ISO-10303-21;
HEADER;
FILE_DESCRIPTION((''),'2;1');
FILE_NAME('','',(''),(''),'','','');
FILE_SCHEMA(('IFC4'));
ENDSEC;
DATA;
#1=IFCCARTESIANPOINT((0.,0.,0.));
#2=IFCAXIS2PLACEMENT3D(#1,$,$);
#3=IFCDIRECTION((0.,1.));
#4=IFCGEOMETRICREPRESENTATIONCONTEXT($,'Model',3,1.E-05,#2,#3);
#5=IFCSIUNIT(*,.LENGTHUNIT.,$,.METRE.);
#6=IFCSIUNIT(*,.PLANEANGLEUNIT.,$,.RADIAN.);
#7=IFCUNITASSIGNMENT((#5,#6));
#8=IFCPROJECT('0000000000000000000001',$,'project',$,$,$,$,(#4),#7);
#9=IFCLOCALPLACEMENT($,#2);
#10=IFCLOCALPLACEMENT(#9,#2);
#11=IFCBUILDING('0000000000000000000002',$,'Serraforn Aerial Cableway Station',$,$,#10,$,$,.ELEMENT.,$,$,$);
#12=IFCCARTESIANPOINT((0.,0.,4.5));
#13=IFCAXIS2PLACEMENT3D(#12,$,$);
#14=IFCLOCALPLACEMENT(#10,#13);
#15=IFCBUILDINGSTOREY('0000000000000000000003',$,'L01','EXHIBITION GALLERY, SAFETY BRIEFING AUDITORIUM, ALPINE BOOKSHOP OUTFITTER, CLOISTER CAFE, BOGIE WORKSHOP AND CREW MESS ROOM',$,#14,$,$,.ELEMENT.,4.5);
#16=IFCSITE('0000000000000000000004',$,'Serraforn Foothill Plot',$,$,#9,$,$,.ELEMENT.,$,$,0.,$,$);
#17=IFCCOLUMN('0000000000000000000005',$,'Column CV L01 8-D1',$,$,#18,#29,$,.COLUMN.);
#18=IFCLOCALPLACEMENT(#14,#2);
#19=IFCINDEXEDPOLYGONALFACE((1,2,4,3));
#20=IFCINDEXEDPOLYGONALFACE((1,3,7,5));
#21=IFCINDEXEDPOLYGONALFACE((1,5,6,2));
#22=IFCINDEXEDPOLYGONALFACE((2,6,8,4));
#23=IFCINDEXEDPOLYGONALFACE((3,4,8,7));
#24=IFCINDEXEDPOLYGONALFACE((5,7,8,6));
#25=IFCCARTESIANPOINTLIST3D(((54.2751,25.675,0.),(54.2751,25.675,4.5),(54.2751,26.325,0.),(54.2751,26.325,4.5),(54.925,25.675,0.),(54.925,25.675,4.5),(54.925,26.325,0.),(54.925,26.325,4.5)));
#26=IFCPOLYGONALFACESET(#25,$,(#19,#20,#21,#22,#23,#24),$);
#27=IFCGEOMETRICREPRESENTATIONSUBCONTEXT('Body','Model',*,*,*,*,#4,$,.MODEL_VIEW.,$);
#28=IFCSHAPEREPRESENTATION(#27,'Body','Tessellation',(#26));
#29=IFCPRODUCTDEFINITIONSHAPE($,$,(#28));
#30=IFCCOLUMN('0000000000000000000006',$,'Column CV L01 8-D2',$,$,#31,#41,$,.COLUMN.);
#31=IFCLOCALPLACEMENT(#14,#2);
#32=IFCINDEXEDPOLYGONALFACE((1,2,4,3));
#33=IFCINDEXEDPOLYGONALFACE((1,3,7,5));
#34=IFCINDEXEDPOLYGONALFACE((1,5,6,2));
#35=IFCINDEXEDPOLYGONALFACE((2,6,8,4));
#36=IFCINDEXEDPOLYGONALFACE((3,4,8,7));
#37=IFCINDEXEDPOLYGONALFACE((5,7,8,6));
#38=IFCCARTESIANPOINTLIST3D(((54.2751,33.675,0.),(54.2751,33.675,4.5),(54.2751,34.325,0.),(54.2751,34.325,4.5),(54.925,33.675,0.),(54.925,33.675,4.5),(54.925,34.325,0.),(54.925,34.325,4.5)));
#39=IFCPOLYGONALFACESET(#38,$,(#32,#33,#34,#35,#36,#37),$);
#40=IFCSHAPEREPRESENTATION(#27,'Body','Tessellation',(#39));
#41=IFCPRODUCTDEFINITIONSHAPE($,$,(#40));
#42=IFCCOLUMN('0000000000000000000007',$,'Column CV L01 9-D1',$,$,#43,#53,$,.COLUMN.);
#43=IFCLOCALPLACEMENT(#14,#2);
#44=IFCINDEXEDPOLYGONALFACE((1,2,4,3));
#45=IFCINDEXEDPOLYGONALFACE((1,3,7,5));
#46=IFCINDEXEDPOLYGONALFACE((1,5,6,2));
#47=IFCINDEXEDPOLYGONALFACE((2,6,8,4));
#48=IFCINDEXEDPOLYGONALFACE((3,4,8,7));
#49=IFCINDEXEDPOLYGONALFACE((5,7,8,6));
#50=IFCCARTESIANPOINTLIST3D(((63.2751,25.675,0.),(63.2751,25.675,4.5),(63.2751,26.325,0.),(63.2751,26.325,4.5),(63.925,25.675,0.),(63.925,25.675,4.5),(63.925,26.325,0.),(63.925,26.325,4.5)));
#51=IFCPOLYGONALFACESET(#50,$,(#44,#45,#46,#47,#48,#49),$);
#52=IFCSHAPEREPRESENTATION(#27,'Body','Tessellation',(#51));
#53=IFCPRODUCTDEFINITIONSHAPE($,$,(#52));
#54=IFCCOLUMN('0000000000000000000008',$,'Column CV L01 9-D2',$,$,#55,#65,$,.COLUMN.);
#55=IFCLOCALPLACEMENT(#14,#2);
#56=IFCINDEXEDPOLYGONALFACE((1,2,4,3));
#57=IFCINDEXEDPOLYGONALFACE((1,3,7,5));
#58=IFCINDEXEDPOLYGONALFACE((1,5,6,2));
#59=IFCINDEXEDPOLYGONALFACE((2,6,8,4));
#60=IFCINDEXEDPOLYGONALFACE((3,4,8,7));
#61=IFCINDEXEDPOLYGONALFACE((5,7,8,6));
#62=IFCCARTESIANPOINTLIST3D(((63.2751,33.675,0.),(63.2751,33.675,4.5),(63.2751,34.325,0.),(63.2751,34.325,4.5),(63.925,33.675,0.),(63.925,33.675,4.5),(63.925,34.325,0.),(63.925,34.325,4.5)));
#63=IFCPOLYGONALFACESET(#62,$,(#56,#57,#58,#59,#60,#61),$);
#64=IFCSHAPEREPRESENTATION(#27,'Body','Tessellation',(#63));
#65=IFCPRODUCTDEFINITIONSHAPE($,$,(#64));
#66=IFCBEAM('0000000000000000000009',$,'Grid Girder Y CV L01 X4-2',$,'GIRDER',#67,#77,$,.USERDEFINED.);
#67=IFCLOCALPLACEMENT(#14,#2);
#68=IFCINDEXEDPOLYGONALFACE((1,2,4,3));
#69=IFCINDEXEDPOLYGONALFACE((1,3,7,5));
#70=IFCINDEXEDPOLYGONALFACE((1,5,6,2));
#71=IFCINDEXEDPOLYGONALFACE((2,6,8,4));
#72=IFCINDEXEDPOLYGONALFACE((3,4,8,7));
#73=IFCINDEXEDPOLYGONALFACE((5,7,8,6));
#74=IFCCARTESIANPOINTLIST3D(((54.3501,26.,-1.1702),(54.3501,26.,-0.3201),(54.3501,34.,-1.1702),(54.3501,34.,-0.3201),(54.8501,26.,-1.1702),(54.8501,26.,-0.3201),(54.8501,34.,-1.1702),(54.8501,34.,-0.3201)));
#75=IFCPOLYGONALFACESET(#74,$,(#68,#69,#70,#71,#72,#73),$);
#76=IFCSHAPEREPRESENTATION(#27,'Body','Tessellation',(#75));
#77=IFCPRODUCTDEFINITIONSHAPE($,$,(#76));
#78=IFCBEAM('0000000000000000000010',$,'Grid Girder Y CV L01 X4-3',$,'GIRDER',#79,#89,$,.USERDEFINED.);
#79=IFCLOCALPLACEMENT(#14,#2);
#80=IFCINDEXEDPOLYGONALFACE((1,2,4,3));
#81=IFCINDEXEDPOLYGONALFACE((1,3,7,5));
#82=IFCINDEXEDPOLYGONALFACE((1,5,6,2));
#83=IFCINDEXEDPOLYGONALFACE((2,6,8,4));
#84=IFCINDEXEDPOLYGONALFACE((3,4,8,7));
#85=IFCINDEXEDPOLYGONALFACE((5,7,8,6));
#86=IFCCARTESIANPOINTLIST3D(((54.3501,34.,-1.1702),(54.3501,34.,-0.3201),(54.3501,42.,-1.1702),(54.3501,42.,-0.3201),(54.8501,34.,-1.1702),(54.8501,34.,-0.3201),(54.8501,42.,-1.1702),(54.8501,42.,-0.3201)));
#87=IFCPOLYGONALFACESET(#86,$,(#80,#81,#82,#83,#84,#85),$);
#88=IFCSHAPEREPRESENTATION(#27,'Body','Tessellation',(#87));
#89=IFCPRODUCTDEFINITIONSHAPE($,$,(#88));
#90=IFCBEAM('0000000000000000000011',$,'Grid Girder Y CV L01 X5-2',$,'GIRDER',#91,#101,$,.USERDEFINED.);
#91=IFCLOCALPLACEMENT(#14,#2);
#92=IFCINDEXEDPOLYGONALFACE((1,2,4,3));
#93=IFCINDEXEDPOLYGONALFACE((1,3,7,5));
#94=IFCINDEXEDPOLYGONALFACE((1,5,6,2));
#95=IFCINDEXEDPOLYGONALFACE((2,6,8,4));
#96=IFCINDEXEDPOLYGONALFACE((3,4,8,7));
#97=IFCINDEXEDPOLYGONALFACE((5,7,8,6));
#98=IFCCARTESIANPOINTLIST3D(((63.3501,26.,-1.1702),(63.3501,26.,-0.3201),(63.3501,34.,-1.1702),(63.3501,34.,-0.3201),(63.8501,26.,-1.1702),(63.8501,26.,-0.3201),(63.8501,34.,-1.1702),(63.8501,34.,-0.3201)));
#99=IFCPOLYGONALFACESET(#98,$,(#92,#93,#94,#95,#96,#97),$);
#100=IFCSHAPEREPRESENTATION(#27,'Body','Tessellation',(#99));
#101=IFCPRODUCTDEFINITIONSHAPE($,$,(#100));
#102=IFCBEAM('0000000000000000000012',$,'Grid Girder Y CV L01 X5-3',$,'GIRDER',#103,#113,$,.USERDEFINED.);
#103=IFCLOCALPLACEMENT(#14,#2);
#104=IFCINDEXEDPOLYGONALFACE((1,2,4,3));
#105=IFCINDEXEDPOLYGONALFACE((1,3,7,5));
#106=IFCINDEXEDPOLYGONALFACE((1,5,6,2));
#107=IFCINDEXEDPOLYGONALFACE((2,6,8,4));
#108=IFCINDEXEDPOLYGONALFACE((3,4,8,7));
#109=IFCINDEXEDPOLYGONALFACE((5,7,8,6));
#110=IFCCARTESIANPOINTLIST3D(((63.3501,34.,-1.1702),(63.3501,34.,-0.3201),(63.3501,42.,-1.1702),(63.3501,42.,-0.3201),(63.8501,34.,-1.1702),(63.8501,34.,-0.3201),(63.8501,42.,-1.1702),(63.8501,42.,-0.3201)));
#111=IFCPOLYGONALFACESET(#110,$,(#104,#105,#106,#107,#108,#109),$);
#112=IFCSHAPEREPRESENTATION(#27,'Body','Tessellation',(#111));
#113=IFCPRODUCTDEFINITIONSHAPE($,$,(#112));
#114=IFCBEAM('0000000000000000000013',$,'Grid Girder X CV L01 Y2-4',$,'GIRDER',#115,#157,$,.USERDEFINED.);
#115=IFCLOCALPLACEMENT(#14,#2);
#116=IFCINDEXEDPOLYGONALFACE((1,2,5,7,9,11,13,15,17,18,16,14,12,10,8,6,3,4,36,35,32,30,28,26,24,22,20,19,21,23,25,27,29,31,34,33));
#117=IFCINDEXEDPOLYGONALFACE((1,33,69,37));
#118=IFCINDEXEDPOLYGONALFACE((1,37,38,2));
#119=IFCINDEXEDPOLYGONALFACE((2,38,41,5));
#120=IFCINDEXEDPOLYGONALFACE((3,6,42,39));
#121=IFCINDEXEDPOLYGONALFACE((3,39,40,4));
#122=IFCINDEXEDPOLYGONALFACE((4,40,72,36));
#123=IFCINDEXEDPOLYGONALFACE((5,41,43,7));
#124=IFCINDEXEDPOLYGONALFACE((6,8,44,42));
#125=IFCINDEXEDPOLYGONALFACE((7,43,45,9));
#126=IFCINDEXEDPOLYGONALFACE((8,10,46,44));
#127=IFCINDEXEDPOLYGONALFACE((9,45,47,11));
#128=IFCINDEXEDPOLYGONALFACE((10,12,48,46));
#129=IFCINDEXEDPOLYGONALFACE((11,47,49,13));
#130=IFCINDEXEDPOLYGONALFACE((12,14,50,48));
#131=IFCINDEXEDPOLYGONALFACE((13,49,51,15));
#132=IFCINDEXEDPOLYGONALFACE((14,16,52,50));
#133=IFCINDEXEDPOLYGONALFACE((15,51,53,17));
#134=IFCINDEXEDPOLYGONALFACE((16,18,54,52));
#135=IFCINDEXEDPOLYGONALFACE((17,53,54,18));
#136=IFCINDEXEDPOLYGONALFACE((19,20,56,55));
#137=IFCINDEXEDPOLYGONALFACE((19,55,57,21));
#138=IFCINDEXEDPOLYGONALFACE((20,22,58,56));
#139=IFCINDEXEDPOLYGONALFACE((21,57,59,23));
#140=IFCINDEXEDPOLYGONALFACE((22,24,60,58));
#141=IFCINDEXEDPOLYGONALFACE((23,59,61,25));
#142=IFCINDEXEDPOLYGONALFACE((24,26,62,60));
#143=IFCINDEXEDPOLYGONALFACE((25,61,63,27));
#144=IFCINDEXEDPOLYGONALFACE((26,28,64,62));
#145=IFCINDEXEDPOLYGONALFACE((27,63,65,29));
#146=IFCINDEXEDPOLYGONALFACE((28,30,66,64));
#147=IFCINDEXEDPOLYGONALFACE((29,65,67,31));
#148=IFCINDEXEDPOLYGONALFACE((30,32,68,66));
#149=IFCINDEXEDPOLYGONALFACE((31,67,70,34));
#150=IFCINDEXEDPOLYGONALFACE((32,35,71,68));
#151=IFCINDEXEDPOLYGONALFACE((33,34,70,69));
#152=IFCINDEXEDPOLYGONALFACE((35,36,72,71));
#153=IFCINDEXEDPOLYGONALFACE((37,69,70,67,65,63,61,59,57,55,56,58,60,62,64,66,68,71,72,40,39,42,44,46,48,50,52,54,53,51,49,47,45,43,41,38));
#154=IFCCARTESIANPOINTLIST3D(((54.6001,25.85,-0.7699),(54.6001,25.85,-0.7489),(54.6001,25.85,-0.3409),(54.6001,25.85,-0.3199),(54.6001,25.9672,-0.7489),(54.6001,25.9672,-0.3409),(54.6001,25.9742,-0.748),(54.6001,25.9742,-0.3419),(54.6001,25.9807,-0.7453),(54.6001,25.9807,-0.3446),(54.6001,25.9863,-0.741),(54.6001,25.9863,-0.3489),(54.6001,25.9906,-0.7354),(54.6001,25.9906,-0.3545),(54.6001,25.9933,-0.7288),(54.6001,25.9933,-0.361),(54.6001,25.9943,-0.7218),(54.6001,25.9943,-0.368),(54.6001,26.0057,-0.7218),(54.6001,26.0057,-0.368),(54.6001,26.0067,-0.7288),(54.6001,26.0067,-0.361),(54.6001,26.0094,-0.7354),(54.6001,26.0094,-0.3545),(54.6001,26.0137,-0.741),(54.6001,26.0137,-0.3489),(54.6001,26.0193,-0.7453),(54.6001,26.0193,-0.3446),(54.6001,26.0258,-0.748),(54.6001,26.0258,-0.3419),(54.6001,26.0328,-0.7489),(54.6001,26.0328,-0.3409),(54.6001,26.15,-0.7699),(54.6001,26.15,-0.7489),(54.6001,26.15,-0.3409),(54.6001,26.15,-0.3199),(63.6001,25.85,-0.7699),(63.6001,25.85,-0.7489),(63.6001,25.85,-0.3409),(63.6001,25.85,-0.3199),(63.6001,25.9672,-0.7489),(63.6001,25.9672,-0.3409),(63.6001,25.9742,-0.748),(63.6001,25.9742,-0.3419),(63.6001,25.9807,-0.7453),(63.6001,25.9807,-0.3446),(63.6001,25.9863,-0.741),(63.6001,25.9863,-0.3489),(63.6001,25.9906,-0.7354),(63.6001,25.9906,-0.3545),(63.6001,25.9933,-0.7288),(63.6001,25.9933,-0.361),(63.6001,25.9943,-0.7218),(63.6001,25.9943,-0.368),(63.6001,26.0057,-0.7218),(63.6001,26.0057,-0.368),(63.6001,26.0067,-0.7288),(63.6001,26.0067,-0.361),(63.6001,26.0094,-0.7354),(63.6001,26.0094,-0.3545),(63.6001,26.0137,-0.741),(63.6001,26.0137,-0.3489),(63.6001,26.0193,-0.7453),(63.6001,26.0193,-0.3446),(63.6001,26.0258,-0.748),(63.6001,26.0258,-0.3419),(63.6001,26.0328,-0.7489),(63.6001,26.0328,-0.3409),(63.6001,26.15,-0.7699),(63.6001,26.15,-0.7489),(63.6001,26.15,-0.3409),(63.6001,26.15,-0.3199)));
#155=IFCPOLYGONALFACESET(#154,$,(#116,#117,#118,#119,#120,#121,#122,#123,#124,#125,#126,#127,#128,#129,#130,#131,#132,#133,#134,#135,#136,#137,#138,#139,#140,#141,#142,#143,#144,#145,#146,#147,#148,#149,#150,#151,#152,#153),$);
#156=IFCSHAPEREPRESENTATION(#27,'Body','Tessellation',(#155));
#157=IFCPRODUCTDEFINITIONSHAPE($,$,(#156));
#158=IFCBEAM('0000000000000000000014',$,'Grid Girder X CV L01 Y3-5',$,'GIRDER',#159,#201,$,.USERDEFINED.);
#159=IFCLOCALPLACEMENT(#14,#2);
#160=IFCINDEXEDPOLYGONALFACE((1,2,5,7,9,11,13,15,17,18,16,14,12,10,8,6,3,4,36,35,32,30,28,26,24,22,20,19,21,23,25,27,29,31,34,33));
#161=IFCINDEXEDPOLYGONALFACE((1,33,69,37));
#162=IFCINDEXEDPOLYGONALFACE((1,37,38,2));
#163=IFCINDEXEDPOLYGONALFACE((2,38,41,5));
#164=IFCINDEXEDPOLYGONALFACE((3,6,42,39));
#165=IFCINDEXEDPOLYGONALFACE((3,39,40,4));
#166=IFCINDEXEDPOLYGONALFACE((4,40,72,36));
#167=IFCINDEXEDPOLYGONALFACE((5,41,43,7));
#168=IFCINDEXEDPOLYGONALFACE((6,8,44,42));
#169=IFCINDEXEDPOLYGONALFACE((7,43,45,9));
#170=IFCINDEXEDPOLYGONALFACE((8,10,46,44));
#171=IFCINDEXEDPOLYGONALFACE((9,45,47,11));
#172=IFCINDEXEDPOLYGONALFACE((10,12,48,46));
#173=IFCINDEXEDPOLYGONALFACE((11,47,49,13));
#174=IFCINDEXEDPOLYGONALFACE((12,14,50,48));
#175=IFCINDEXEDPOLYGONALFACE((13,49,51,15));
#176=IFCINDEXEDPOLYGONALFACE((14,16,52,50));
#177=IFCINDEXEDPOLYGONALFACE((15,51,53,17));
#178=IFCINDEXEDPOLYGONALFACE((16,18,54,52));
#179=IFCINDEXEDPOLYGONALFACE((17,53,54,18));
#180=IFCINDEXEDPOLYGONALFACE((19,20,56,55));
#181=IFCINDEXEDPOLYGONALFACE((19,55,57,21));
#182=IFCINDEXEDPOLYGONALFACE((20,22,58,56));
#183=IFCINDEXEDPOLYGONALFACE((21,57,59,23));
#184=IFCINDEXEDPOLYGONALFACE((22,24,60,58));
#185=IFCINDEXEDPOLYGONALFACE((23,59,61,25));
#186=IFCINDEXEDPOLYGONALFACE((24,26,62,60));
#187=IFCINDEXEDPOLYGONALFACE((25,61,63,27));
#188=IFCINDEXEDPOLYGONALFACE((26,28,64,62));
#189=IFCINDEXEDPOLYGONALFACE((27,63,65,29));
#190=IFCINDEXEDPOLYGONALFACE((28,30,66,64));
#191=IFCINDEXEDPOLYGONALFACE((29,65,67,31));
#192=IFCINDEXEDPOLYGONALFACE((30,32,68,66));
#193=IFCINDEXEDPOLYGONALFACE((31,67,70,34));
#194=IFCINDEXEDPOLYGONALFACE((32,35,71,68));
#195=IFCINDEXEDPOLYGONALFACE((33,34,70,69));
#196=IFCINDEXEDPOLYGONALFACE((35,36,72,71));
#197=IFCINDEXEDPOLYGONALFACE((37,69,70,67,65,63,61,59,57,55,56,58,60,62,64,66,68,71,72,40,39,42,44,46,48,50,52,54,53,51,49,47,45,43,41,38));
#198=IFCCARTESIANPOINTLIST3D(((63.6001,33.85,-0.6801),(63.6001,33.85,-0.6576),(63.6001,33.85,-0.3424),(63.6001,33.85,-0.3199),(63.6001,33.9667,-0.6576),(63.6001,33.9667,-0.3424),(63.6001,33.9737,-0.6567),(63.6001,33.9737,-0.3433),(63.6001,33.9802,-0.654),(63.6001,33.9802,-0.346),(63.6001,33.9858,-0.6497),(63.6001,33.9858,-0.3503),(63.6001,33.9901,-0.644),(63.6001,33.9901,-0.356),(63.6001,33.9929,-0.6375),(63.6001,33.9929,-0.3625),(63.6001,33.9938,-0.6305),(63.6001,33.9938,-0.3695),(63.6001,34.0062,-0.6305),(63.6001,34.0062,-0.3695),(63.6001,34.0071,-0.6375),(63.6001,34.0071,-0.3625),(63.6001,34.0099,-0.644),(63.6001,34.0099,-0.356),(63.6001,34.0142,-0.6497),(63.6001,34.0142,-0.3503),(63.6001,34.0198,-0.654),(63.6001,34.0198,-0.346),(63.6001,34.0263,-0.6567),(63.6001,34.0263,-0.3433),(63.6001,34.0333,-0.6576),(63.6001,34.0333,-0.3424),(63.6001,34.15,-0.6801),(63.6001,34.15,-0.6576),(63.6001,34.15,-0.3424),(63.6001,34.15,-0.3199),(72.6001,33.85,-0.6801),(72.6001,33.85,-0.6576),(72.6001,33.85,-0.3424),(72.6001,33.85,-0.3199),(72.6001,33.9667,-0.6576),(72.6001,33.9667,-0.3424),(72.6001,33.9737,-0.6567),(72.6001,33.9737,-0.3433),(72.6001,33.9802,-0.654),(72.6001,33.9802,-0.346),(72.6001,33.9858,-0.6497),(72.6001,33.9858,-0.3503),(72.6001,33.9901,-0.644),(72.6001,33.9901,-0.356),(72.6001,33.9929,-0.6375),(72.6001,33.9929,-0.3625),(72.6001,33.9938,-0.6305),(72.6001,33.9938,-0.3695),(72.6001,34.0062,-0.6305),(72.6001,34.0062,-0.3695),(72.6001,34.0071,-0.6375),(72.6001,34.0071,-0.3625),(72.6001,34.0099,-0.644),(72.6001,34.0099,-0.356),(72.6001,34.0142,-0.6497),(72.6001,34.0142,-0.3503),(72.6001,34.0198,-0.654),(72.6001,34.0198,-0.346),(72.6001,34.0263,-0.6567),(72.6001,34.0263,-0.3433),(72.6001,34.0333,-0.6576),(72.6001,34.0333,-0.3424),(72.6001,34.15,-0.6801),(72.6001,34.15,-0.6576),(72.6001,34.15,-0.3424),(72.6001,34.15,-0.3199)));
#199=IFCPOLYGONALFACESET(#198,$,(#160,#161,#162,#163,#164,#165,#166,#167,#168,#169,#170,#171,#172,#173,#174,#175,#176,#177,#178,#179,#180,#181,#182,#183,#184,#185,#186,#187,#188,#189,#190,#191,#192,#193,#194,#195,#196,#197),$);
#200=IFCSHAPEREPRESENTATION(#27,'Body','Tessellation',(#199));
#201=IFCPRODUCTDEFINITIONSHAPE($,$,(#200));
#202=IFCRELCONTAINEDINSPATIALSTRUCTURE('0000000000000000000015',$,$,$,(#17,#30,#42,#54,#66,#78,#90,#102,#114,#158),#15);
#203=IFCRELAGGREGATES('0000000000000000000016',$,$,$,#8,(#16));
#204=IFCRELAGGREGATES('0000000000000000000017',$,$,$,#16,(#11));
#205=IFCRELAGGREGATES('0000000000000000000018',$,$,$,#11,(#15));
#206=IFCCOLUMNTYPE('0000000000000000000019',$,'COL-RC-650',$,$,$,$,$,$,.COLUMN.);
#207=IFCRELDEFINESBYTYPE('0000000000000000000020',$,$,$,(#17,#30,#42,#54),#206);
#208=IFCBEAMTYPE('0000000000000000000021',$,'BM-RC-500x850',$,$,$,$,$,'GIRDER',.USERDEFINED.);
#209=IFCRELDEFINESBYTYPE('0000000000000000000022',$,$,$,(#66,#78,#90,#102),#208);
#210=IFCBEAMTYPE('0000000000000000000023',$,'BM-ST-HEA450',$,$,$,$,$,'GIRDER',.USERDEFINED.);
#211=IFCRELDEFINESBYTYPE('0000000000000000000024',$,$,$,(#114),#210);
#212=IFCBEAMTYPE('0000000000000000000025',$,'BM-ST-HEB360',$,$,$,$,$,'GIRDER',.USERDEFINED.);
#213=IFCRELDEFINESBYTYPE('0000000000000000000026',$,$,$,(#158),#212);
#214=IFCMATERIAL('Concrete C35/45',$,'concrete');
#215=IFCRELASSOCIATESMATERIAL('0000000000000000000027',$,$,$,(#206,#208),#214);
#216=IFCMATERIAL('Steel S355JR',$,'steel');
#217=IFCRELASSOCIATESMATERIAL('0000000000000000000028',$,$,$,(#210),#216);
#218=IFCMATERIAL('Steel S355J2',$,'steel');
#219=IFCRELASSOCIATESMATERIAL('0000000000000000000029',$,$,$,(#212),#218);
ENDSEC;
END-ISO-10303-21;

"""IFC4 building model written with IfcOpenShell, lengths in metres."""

from ifc_helpers import new_model, si_unit, direction, frame, origin, origin_2d, place, context, subcontext, project, spatial, rectangle, i_section, extrude, material, material_profile, profile_set, type_object, element, save


model = new_model("IFC4")

# Units and contexts
model_context = context("Model", 3, precision=1e-05, world=origin(), true_north=direction((0.0, 1.0)))
body_context = subcontext(model_context, "Body", "Model", "MODEL_VIEW")
ifc_project = project(units=[si_unit("LENGTHUNIT", "METRE"), si_unit("PLANEANGLEUNIT", "RADIAN")], contexts=[model_context])

# Site, building, storey
site_placement = place(None, origin())
site = spatial("IfcSite", under=ifc_project, at=site_placement, Name="Serraforn Foothill Plot", CompositionType="ELEMENT", RefElevation=0.0)
building_placement = place(site_placement, origin())
building = spatial("IfcBuilding", under=site, at=building_placement, Name="Serraforn Aerial Cableway Station", CompositionType="ELEMENT")
storey_placement = place(building_placement, frame((0.0, 0.0, 4.5)))
storey = spatial("IfcBuildingStorey", under=building, at=storey_placement, Name="L01", Description="EXHIBITION GALLERY, SAFETY BRIEFING AUDITORIUM, ALPINE BOOKSHOP OUTFITTER, CLOISTER CAFE, BOGIE WORKSHOP AND CREW MESS ROOM", CompositionType="ELEMENT", Elevation=4.5)

# Columns
ifc_material_1 = material(Name="Concrete C35/45", Category="concrete")
ifc_material_profile_1 = material_profile(ifc_material_1, rectangle(XDim=0.6499, YDim=0.6499, at=origin_2d()), Name="RC 650x650")
ifc_profile_set_1 = profile_set([ifc_material_profile_1], Name="Concrete C35/45")
column_type = type_object("IfcColumnType", Name="COL-RC-650", PredefinedType="COLUMN", material=ifc_profile_set_1)
for number, where, z_axis, x_axis, name in (
    (1, (54.6001, 26.0, 0.0), (0.0, 0.0, 1.0), (1.0, 0.0, 0.0), "Column CV L01 8-D1"),
    (2, (54.6001, 34.0, 0.0), (0.0, 0.0, 1.0), (1.0, 0.0, 0.0), "Column CV L01 8-D2"),
    (3, (63.6001, 26.0, 0.0), (0.0, 0.0, 1.0), (1.0, 0.0, 0.0), "Column CV L01 9-D1"),
    (4, (63.6001, 34.0, 0.0), (0.0, 0.0, 1.0), (1.0, 0.0, 0.0), "Column CV L01 9-D2"),
):
    element("IfcColumn", number, at=place(storey_placement, frame(where, z_axis=z_axis, x_axis=x_axis)), inside=storey, type_object=column_type, Name=name, PredefinedType="COLUMN", context=body_context, shape_type="SweptSolid", body=[
        extrude(rectangle(XDim=0.6499, YDim=0.6499, at=origin_2d()), origin(), (0.0, 0.0, 1.0), 4.5),
    ])

# Beams
ifc_material_profile_2 = material_profile(ifc_material_1, rectangle(XDim=0.5, YDim=0.8501, at=origin_2d()), Name="RC 500x850")
ifc_profile_set_2 = profile_set([ifc_material_profile_2], Name="Concrete C35/45")
beam_type_1 = type_object("IfcBeamType", Name="BM-RC-500x850", ElementType="GIRDER", PredefinedType="USERDEFINED", material=ifc_profile_set_2)
for number, where, z_axis, x_axis, name in (
    (5, (54.6001, 26.0, -0.7451), (0.0, 1.0, 0.0), (-1.0, 0.0, 0.0), "Grid Girder Y CV L01 X4-2"),
    (6, (54.6001, 34.0, -0.7451), (0.0, 1.0, 0.0), (-1.0, 0.0, 0.0), "Grid Girder Y CV L01 X4-3"),
    (7, (63.6001, 26.0, -0.7451), (0.0, 1.0, 0.0), (-1.0, 0.0, 0.0), "Grid Girder Y CV L01 X5-2"),
    (8, (63.6001, 34.0, -0.7451), (0.0, 1.0, 0.0), (-1.0, 0.0, 0.0), "Grid Girder Y CV L01 X5-3"),
):
    element("IfcBeam", number, at=place(storey_placement, frame(where, z_axis=z_axis, x_axis=x_axis)), inside=storey, type_object=beam_type_1, Name=name, ObjectType="GIRDER", PredefinedType="USERDEFINED", context=body_context, shape_type="SweptSolid", body=[
        extrude(rectangle(XDim=0.5, YDim=0.8501, at=origin_2d()), origin(), (0.0, 0.0, 1.0), 8.0),
    ])
ifc_material_2 = material(Name="Steel S355JR", Category="steel")
ifc_material_profile_3 = material_profile(ifc_material_2, i_section(OverallWidth=0.3, OverallDepth=0.45, WebThickness=0.0115, FlangeThickness=0.021, FilletRadius=0.0271, at=origin_2d()), Name="HEA 450")
ifc_profile_set_3 = profile_set([ifc_material_profile_3], Name="Steel S355JR")
beam_type_2 = type_object("IfcBeamType", Name="BM-ST-HEA450", ElementType="GIRDER", PredefinedType="USERDEFINED", material=ifc_profile_set_3)
beam_1_placement = place(storey_placement, frame((54.6001, 26.0, -0.5449), z_axis=(1.0, 0.0, 0.0), x_axis=(0.0, 1.0, 0.0)))
element("IfcBeam", 9, at=beam_1_placement, inside=storey, type_object=beam_type_2, Name="Grid Girder X CV L01 Y2-4", ObjectType="GIRDER", PredefinedType="USERDEFINED", context=body_context, shape_type="SweptSolid", body=[
    extrude(i_section(OverallWidth=0.3, OverallDepth=0.45, WebThickness=0.0115, FlangeThickness=0.021, FilletRadius=0.0271, at=origin_2d()), origin(), (0.0, 0.0, 1.0), 9.0),
])
ifc_material_3 = material(Name="Steel S355J2", Category="steel")
ifc_material_profile_4 = material_profile(ifc_material_3, i_section(OverallWidth=0.3, OverallDepth=0.3601, WebThickness=0.0125, FlangeThickness=0.0225, FilletRadius=0.0271, at=origin_2d()), Name="HEB 360")
ifc_profile_set_4 = profile_set([ifc_material_profile_4], Name="Steel S355J2")
beam_type_3 = type_object("IfcBeamType", Name="BM-ST-HEB360", ElementType="GIRDER", PredefinedType="USERDEFINED", material=ifc_profile_set_4)
beam_2_placement = place(storey_placement, frame((63.6001, 34.0, -0.5), z_axis=(1.0, 0.0, 0.0), x_axis=(0.0, 1.0, 0.0)))
element("IfcBeam", 10, at=beam_2_placement, inside=storey, type_object=beam_type_3, Name="Grid Girder X CV L01 Y3-5", ObjectType="GIRDER", PredefinedType="USERDEFINED", context=body_context, shape_type="SweptSolid", body=[
    extrude(i_section(OverallWidth=0.3, OverallDepth=0.3601, WebThickness=0.0125, FlangeThickness=0.0225, FilletRadius=0.0271, at=origin_2d()), origin(), (0.0, 0.0, 1.0), 9.0),
])

save(model, "model.ifc")
